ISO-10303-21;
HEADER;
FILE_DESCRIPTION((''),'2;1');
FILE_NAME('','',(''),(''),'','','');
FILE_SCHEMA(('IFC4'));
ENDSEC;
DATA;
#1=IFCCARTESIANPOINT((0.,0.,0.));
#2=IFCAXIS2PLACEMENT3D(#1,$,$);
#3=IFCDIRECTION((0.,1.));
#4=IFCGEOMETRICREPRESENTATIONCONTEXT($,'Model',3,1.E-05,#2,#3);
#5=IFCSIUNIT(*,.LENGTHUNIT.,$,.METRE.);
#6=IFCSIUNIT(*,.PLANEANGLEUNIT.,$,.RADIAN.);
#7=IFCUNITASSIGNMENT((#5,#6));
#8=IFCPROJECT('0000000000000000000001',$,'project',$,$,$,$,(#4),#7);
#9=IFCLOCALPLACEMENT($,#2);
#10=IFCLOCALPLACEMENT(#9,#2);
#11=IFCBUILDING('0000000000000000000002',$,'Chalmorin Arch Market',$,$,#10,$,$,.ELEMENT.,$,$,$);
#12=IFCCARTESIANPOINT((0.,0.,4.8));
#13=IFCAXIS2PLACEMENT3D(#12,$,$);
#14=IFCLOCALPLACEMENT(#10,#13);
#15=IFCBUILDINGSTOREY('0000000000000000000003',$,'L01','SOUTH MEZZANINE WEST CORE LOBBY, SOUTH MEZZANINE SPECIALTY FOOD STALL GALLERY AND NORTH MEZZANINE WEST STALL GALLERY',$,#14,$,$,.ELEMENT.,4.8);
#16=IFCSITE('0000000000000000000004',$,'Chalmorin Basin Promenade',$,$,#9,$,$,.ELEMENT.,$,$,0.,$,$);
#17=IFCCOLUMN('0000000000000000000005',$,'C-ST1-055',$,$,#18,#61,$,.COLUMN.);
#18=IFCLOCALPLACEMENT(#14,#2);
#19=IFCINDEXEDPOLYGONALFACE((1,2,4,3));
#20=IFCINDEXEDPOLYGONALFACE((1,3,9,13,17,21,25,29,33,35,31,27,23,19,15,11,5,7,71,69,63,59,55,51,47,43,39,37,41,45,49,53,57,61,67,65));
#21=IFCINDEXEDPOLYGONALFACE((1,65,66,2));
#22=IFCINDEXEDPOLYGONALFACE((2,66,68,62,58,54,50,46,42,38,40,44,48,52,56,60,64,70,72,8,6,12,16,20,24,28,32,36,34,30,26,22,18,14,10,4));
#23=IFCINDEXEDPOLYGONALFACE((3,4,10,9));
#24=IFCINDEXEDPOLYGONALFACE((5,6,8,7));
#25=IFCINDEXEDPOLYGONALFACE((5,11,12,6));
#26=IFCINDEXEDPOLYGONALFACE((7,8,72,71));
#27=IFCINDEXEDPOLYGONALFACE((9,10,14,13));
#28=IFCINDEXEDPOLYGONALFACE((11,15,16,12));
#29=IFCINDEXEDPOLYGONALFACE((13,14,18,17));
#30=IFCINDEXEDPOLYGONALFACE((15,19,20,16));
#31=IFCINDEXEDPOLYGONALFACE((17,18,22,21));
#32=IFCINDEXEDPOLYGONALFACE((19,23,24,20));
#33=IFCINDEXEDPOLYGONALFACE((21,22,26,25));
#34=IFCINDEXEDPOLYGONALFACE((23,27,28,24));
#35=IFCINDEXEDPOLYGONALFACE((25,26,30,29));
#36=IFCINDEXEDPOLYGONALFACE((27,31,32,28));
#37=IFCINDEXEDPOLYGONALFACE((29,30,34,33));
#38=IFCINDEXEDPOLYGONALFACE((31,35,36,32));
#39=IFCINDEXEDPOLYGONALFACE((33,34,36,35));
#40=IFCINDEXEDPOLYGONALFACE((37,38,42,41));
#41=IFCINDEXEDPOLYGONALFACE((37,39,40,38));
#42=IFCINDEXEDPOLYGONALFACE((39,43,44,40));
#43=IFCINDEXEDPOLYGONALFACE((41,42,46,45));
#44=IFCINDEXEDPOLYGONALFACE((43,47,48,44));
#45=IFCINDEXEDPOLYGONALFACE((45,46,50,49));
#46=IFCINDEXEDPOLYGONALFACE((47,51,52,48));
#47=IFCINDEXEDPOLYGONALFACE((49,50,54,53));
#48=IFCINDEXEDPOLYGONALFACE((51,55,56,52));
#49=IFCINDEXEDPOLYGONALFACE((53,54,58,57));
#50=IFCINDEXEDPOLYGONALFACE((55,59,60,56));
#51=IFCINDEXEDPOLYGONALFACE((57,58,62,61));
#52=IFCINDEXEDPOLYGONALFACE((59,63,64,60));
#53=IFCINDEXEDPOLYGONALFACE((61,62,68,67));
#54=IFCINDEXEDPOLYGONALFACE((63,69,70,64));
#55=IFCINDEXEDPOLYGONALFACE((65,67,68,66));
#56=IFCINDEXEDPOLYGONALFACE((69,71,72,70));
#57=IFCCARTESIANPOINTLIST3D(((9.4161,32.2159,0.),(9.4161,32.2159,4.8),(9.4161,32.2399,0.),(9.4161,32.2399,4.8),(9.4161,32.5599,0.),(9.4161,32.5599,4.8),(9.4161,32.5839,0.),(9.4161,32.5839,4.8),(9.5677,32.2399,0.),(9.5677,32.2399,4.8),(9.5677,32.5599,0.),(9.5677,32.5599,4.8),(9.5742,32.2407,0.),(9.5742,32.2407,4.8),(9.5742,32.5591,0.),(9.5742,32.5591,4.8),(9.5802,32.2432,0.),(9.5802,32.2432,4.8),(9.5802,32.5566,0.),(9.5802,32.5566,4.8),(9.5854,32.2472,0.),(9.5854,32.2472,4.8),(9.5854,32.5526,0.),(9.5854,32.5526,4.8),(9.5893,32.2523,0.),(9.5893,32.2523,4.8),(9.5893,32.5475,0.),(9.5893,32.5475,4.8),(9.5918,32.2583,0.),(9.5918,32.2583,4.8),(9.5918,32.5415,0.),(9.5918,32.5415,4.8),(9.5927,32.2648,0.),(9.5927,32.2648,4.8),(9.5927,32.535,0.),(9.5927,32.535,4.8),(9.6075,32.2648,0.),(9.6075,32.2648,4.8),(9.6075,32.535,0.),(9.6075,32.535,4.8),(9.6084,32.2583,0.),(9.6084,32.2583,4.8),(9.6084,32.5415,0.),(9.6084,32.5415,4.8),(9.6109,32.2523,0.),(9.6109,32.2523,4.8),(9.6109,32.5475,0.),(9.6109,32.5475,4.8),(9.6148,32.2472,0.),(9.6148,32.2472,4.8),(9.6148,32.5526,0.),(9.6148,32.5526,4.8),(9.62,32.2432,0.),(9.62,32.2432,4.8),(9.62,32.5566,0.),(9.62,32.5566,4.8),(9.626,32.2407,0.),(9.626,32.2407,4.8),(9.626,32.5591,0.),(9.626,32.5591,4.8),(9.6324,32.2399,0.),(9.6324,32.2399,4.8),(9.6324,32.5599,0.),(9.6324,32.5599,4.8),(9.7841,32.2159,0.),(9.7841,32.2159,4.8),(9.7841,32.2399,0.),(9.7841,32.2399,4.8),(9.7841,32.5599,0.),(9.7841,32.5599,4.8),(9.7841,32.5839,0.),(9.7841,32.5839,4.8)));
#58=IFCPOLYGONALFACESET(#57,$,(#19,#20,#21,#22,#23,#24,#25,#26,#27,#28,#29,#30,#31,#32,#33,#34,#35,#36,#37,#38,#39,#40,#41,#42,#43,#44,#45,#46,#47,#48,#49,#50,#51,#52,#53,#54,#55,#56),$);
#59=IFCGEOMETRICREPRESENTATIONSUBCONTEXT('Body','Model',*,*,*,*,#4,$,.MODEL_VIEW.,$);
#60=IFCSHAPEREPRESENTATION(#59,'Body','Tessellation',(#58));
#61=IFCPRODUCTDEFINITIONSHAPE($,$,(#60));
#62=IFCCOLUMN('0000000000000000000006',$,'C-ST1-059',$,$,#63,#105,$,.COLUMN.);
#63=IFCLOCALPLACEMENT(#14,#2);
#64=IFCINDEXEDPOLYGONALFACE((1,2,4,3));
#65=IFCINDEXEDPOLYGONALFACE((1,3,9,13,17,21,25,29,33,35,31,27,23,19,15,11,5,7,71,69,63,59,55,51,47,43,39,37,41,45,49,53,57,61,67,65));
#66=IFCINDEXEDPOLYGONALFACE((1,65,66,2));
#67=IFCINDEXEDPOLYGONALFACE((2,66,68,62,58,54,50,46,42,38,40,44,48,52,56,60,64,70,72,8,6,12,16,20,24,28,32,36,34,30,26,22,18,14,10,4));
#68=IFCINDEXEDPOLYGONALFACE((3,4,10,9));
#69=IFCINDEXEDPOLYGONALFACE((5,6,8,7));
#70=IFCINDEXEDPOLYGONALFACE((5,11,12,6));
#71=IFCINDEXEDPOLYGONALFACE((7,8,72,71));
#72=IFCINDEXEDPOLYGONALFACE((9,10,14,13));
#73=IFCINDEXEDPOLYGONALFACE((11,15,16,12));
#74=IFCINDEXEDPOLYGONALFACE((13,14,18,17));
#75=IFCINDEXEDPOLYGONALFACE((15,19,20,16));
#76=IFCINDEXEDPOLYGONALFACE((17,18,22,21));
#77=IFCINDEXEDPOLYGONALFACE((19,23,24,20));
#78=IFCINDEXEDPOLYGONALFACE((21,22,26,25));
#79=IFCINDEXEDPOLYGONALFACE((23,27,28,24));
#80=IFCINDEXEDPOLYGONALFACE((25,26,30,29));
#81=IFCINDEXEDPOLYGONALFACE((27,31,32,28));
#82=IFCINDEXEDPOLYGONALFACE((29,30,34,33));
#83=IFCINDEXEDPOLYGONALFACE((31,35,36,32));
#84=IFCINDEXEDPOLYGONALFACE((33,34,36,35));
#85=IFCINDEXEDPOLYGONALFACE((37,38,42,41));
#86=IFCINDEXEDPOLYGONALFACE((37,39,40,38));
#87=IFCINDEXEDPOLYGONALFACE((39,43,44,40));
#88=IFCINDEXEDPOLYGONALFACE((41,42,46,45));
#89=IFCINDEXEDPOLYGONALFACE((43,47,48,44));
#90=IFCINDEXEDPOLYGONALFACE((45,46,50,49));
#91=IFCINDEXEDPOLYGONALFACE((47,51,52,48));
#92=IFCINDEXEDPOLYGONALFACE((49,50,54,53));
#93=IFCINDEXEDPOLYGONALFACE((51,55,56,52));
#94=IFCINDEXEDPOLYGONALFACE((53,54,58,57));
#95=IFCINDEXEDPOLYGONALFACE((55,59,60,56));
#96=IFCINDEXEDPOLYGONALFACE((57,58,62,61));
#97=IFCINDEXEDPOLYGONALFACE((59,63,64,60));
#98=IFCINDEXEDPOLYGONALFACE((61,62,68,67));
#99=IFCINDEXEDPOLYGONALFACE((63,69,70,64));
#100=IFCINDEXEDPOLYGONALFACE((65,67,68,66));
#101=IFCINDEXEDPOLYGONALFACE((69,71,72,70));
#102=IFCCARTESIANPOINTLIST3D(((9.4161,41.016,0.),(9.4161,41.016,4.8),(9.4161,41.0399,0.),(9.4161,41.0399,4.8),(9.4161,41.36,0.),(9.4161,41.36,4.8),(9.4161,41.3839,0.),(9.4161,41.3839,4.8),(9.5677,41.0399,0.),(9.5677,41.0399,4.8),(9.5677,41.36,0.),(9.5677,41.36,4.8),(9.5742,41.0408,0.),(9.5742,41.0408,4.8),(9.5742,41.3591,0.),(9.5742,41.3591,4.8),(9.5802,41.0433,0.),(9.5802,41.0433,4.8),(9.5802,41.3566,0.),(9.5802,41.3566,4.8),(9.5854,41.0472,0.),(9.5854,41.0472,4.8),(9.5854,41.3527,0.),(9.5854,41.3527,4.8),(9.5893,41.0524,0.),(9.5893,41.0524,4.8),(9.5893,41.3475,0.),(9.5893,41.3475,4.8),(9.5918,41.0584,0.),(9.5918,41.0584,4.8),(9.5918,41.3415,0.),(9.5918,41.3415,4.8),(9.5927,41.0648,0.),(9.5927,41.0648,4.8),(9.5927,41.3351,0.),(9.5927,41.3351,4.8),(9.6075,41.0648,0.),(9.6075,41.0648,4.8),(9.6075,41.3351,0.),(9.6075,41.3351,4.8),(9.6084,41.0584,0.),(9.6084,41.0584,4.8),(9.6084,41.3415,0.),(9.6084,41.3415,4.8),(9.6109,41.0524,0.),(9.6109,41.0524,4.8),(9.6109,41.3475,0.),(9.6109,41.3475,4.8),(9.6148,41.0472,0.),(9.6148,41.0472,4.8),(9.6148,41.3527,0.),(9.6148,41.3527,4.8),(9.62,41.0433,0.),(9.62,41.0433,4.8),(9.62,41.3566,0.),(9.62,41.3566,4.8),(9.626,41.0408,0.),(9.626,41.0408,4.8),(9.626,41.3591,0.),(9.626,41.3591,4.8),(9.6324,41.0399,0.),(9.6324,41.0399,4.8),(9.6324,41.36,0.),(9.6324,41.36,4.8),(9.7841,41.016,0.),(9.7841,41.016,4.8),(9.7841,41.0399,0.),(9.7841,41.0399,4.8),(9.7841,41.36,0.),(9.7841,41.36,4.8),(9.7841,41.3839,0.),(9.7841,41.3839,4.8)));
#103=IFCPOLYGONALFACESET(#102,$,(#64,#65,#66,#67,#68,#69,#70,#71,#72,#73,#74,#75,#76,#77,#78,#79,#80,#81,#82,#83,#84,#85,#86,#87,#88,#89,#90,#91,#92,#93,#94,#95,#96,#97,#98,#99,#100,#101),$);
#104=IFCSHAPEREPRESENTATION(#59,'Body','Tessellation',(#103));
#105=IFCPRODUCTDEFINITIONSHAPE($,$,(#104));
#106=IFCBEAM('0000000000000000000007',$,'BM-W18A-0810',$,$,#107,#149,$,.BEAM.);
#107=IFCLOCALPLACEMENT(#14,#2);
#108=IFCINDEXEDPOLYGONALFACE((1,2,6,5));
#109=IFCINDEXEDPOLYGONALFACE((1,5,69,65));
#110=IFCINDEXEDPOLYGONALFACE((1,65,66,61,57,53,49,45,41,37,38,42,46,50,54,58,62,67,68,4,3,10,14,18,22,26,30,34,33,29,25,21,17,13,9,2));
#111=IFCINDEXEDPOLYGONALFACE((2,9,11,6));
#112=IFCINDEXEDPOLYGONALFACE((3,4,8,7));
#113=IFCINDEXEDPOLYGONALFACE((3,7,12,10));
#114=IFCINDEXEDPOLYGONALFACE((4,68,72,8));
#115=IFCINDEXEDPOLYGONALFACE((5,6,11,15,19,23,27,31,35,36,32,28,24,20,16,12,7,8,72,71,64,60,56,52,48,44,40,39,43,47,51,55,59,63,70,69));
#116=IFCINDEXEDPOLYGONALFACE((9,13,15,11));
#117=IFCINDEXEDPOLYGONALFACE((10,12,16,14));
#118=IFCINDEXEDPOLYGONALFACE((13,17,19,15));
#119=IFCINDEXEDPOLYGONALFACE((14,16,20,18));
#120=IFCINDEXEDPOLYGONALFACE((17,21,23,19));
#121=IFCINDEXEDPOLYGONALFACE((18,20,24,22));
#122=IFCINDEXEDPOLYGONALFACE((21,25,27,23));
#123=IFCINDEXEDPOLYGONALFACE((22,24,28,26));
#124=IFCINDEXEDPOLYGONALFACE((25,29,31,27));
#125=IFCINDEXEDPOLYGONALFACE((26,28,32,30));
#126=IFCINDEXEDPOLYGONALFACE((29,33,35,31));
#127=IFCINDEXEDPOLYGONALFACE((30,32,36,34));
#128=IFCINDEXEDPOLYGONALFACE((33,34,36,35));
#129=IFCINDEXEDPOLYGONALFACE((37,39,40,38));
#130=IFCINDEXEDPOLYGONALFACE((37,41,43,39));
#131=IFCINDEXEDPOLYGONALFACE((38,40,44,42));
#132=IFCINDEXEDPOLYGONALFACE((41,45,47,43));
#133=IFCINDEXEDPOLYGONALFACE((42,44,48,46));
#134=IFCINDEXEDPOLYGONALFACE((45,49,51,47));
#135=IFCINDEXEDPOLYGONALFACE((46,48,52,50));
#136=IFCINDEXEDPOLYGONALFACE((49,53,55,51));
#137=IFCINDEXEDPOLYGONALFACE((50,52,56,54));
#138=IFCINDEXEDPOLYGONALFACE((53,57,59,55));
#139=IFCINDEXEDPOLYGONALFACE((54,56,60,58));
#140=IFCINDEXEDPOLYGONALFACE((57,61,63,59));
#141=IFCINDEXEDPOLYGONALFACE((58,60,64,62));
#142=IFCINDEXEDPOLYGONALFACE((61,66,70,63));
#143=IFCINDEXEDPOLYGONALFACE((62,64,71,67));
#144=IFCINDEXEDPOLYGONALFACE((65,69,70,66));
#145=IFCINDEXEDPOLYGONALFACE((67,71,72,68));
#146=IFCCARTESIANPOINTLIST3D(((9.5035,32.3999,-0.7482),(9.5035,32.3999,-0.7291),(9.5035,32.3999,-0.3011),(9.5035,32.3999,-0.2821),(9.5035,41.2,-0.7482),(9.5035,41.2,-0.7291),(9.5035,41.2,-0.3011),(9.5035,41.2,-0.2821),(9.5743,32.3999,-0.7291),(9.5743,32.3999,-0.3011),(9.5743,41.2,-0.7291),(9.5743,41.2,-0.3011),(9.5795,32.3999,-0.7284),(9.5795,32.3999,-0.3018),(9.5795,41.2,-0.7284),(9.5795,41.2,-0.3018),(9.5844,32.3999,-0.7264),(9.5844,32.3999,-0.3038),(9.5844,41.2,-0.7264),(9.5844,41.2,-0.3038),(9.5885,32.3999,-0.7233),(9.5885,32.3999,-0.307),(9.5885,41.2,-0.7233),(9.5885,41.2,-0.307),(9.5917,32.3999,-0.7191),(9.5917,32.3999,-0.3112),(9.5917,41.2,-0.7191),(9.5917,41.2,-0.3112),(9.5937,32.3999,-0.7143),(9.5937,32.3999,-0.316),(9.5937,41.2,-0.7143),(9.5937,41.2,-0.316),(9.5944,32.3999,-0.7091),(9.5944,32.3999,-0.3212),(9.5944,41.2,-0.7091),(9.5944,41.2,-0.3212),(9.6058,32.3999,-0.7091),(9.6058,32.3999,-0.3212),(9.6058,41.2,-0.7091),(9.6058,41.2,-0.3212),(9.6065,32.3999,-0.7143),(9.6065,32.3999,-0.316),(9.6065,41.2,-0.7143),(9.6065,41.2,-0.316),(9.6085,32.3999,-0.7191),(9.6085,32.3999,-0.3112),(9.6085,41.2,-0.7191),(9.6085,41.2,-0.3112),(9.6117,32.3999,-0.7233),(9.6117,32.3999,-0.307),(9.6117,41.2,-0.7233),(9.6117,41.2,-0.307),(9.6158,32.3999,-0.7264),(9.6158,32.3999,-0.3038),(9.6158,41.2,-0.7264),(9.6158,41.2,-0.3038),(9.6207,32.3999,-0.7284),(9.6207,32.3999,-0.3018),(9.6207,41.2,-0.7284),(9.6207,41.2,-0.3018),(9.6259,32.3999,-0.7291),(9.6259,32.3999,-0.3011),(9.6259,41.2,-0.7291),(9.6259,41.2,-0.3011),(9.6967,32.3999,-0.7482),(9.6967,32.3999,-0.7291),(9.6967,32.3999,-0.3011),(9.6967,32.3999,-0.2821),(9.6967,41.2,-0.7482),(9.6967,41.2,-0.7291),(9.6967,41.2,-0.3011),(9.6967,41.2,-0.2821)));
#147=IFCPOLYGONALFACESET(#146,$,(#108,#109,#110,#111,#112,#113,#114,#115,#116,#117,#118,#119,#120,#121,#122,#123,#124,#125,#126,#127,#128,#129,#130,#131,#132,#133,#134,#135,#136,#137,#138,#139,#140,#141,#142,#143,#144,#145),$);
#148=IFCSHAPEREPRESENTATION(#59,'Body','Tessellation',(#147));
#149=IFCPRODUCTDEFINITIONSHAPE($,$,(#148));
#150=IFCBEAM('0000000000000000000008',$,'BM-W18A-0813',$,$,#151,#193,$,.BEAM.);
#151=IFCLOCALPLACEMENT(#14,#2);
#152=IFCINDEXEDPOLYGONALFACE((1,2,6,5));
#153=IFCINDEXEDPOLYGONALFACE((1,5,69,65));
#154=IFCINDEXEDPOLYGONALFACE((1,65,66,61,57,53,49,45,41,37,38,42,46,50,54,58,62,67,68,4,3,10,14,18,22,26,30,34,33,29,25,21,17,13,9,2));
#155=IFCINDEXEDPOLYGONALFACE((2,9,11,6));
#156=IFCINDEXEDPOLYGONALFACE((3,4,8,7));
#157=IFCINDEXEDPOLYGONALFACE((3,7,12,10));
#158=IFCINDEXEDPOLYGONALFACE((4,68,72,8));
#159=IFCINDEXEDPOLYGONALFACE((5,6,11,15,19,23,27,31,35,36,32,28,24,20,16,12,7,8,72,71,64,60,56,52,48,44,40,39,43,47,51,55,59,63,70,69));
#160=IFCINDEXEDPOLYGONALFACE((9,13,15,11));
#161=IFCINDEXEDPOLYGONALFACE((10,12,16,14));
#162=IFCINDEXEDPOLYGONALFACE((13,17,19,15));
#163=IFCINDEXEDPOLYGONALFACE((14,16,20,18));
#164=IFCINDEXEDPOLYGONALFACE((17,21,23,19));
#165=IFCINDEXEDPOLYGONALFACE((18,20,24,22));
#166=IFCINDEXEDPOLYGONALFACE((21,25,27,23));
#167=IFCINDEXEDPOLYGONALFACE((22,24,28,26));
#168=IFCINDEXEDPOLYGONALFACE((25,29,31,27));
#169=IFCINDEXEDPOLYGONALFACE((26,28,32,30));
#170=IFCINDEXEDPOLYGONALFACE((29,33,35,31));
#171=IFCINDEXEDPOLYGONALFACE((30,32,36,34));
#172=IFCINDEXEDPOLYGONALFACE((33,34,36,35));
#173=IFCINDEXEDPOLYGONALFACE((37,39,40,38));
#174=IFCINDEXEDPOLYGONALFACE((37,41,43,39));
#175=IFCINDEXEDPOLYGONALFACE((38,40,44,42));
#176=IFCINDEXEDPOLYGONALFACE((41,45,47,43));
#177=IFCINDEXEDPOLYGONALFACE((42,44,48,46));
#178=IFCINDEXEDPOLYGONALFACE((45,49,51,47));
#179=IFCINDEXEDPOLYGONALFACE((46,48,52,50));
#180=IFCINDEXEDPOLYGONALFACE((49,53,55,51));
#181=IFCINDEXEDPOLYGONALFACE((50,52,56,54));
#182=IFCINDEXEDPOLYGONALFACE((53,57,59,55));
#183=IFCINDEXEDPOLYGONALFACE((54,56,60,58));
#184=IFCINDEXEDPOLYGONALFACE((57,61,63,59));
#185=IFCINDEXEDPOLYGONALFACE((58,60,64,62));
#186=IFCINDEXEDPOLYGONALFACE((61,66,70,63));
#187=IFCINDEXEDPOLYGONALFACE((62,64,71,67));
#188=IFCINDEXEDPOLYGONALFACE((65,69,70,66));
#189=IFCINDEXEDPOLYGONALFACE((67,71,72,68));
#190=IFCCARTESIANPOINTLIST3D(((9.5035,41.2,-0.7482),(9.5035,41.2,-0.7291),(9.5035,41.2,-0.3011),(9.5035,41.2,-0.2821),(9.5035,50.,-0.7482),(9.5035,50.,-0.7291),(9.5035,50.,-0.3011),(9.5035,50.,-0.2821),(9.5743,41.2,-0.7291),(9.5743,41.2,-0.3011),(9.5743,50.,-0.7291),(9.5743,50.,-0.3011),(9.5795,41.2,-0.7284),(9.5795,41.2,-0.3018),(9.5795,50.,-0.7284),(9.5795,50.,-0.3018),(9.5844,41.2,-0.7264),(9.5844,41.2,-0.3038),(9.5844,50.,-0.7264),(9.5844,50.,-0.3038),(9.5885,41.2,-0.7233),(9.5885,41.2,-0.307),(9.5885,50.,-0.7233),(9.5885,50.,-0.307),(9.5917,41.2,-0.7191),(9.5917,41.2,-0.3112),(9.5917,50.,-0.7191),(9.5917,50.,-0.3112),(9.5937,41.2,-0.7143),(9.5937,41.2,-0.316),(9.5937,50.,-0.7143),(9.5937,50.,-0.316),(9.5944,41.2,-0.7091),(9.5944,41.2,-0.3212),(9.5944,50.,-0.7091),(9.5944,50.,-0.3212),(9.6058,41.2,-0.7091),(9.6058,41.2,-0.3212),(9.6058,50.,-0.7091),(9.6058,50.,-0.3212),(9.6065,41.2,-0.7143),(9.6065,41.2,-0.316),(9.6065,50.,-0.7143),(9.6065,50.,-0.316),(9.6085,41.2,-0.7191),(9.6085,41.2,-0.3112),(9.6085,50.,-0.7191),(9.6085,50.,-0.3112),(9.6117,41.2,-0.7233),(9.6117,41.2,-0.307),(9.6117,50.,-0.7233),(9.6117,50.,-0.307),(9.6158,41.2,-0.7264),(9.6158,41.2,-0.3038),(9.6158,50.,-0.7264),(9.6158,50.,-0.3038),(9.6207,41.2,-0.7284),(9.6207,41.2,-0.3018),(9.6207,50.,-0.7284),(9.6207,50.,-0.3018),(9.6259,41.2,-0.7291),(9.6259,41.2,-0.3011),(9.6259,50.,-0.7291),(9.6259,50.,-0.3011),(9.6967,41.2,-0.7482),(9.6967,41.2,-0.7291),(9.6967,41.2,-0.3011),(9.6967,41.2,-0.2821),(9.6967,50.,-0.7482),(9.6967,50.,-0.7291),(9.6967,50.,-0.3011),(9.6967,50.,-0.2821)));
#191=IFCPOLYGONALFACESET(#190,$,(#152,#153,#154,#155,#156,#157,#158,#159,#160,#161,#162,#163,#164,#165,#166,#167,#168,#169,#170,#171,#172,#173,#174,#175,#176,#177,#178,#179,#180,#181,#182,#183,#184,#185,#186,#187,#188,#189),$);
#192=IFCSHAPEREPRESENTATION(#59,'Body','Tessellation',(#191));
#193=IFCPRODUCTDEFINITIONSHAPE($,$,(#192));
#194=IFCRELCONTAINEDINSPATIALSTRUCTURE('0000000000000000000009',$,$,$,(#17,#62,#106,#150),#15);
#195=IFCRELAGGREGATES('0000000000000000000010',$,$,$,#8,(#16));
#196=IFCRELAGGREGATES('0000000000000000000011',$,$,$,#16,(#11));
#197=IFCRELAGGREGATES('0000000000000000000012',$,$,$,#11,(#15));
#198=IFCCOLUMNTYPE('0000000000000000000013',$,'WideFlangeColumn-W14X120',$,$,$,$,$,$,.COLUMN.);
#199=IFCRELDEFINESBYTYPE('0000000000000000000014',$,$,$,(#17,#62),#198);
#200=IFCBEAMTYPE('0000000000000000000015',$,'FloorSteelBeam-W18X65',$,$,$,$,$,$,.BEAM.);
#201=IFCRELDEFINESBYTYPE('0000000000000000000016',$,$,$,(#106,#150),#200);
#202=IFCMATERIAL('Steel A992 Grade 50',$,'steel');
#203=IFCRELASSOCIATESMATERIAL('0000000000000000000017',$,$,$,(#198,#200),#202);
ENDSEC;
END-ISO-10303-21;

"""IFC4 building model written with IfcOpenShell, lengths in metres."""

from ifc_helpers import new_model, si_unit, direction, frame, origin, origin_2d, place, context, subcontext, project, spatial, i_section, extrude, material, material_profile, profile_set, type_object, element, save


model = new_model("IFC4")

# Units and contexts
model_context = context("Model", 3, precision=1e-05, world=origin(), true_north=direction((0.0, 1.0)))
body_context = subcontext(model_context, "Body", "Model", "MODEL_VIEW")
ifc_project = project(units=[si_unit("LENGTHUNIT", "METRE"), si_unit("PLANEANGLEUNIT", "RADIAN")], contexts=[model_context])

# Site, building, storey
site_placement = place(None, origin())
site = spatial("IfcSite", under=ifc_project, at=site_placement, Name="Chalmorin Basin Promenade", CompositionType="ELEMENT", RefElevation=0.0)
building_placement = place(site_placement, origin())
building = spatial("IfcBuilding", under=site, at=building_placement, Name="Chalmorin Arch Market", CompositionType="ELEMENT")
storey_placement = place(building_placement, frame((0.0, 0.0, 4.8)))
storey = spatial("IfcBuildingStorey", under=building, at=storey_placement, Name="L01", Description="SOUTH MEZZANINE WEST CORE LOBBY, SOUTH MEZZANINE SPECIALTY FOOD STALL GALLERY AND NORTH MEZZANINE WEST STALL GALLERY", CompositionType="ELEMENT", Elevation=4.8)

# Columns
ifc_material_1 = material(Name="Steel A992 Grade 50", Category="steel")
ifc_material_profile_1 = material_profile(ifc_material_1, i_section(OverallWidth=0.3679, OverallDepth=0.3679, WebThickness=0.0149, FlangeThickness=0.0239, FilletRadius=0.0249, at=origin_2d()), Name="W14X120")
ifc_profile_set_1 = profile_set([ifc_material_profile_1], Name="Steel A992 Grade 50")
column_type = type_object("IfcColumnType", Name="WideFlangeColumn-W14X120", PredefinedType="COLUMN", material=ifc_profile_set_1)
for number, where, z_axis, x_axis, name in (
    (1, (9.6001, 32.3999, 0.0), (0.0, 0.0, 1.0), (1.0, 0.0, 0.0), "C-ST1-055"),
    (2, (9.6001, 41.2, 0.0), (0.0, 0.0, 1.0), (1.0, 0.0, 0.0), "C-ST1-059"),
):
    element("IfcColumn", number, at=place(storey_placement, frame(where, z_axis=z_axis, x_axis=x_axis)), inside=storey, type_object=column_type, Name=name, PredefinedType="COLUMN", context=body_context, shape_type="SweptSolid", body=[
        extrude(i_section(OverallWidth=0.3679, OverallDepth=0.3679, WebThickness=0.0149, FlangeThickness=0.0239, FilletRadius=0.0249, at=origin_2d()), origin(), (0.0, 0.0, 1.0), 4.8),
    ])

# Beams
ifc_material_profile_2 = material_profile(ifc_material_1, i_section(OverallWidth=0.1931, OverallDepth=0.4661, WebThickness=0.0115, FlangeThickness=0.019, FilletRadius=0.02, at=origin_2d()), Name="W18X65")
ifc_profile_set_2 = profile_set([ifc_material_profile_2], Name="Steel A992 Grade 50")
beam_type_1 = type_object("IfcBeamType", Name="FloorSteelBeam-W18X65", PredefinedType="BEAM", material=ifc_profile_set_2)
for number, where, z_axis, x_axis, name in (
    (3, (9.6001, 32.3999, -0.5151), (0.0, 1.0, 0.0), (-1.0, 0.0, 0.0), "BM-W18A-0810"),
    (4, (9.6001, 41.2, -0.5151), (0.0, 1.0, 0.0), (-1.0, 0.0, 0.0), "BM-W18A-0813"),
):
    element("IfcBeam", number, at=place(storey_placement, frame(where, z_axis=z_axis, x_axis=x_axis)), inside=storey, type_object=beam_type_1, Name=name, PredefinedType="BEAM", context=body_context, shape_type="SweptSolid", body=[
        extrude(i_section(OverallWidth=0.1931, OverallDepth=0.4661, WebThickness=0.0115, FlangeThickness=0.019, FilletRadius=0.02, at=origin_2d()), origin(), (0.0, 0.0, 1.0), 8.8),
    ])

save(model, "model.ifc")
